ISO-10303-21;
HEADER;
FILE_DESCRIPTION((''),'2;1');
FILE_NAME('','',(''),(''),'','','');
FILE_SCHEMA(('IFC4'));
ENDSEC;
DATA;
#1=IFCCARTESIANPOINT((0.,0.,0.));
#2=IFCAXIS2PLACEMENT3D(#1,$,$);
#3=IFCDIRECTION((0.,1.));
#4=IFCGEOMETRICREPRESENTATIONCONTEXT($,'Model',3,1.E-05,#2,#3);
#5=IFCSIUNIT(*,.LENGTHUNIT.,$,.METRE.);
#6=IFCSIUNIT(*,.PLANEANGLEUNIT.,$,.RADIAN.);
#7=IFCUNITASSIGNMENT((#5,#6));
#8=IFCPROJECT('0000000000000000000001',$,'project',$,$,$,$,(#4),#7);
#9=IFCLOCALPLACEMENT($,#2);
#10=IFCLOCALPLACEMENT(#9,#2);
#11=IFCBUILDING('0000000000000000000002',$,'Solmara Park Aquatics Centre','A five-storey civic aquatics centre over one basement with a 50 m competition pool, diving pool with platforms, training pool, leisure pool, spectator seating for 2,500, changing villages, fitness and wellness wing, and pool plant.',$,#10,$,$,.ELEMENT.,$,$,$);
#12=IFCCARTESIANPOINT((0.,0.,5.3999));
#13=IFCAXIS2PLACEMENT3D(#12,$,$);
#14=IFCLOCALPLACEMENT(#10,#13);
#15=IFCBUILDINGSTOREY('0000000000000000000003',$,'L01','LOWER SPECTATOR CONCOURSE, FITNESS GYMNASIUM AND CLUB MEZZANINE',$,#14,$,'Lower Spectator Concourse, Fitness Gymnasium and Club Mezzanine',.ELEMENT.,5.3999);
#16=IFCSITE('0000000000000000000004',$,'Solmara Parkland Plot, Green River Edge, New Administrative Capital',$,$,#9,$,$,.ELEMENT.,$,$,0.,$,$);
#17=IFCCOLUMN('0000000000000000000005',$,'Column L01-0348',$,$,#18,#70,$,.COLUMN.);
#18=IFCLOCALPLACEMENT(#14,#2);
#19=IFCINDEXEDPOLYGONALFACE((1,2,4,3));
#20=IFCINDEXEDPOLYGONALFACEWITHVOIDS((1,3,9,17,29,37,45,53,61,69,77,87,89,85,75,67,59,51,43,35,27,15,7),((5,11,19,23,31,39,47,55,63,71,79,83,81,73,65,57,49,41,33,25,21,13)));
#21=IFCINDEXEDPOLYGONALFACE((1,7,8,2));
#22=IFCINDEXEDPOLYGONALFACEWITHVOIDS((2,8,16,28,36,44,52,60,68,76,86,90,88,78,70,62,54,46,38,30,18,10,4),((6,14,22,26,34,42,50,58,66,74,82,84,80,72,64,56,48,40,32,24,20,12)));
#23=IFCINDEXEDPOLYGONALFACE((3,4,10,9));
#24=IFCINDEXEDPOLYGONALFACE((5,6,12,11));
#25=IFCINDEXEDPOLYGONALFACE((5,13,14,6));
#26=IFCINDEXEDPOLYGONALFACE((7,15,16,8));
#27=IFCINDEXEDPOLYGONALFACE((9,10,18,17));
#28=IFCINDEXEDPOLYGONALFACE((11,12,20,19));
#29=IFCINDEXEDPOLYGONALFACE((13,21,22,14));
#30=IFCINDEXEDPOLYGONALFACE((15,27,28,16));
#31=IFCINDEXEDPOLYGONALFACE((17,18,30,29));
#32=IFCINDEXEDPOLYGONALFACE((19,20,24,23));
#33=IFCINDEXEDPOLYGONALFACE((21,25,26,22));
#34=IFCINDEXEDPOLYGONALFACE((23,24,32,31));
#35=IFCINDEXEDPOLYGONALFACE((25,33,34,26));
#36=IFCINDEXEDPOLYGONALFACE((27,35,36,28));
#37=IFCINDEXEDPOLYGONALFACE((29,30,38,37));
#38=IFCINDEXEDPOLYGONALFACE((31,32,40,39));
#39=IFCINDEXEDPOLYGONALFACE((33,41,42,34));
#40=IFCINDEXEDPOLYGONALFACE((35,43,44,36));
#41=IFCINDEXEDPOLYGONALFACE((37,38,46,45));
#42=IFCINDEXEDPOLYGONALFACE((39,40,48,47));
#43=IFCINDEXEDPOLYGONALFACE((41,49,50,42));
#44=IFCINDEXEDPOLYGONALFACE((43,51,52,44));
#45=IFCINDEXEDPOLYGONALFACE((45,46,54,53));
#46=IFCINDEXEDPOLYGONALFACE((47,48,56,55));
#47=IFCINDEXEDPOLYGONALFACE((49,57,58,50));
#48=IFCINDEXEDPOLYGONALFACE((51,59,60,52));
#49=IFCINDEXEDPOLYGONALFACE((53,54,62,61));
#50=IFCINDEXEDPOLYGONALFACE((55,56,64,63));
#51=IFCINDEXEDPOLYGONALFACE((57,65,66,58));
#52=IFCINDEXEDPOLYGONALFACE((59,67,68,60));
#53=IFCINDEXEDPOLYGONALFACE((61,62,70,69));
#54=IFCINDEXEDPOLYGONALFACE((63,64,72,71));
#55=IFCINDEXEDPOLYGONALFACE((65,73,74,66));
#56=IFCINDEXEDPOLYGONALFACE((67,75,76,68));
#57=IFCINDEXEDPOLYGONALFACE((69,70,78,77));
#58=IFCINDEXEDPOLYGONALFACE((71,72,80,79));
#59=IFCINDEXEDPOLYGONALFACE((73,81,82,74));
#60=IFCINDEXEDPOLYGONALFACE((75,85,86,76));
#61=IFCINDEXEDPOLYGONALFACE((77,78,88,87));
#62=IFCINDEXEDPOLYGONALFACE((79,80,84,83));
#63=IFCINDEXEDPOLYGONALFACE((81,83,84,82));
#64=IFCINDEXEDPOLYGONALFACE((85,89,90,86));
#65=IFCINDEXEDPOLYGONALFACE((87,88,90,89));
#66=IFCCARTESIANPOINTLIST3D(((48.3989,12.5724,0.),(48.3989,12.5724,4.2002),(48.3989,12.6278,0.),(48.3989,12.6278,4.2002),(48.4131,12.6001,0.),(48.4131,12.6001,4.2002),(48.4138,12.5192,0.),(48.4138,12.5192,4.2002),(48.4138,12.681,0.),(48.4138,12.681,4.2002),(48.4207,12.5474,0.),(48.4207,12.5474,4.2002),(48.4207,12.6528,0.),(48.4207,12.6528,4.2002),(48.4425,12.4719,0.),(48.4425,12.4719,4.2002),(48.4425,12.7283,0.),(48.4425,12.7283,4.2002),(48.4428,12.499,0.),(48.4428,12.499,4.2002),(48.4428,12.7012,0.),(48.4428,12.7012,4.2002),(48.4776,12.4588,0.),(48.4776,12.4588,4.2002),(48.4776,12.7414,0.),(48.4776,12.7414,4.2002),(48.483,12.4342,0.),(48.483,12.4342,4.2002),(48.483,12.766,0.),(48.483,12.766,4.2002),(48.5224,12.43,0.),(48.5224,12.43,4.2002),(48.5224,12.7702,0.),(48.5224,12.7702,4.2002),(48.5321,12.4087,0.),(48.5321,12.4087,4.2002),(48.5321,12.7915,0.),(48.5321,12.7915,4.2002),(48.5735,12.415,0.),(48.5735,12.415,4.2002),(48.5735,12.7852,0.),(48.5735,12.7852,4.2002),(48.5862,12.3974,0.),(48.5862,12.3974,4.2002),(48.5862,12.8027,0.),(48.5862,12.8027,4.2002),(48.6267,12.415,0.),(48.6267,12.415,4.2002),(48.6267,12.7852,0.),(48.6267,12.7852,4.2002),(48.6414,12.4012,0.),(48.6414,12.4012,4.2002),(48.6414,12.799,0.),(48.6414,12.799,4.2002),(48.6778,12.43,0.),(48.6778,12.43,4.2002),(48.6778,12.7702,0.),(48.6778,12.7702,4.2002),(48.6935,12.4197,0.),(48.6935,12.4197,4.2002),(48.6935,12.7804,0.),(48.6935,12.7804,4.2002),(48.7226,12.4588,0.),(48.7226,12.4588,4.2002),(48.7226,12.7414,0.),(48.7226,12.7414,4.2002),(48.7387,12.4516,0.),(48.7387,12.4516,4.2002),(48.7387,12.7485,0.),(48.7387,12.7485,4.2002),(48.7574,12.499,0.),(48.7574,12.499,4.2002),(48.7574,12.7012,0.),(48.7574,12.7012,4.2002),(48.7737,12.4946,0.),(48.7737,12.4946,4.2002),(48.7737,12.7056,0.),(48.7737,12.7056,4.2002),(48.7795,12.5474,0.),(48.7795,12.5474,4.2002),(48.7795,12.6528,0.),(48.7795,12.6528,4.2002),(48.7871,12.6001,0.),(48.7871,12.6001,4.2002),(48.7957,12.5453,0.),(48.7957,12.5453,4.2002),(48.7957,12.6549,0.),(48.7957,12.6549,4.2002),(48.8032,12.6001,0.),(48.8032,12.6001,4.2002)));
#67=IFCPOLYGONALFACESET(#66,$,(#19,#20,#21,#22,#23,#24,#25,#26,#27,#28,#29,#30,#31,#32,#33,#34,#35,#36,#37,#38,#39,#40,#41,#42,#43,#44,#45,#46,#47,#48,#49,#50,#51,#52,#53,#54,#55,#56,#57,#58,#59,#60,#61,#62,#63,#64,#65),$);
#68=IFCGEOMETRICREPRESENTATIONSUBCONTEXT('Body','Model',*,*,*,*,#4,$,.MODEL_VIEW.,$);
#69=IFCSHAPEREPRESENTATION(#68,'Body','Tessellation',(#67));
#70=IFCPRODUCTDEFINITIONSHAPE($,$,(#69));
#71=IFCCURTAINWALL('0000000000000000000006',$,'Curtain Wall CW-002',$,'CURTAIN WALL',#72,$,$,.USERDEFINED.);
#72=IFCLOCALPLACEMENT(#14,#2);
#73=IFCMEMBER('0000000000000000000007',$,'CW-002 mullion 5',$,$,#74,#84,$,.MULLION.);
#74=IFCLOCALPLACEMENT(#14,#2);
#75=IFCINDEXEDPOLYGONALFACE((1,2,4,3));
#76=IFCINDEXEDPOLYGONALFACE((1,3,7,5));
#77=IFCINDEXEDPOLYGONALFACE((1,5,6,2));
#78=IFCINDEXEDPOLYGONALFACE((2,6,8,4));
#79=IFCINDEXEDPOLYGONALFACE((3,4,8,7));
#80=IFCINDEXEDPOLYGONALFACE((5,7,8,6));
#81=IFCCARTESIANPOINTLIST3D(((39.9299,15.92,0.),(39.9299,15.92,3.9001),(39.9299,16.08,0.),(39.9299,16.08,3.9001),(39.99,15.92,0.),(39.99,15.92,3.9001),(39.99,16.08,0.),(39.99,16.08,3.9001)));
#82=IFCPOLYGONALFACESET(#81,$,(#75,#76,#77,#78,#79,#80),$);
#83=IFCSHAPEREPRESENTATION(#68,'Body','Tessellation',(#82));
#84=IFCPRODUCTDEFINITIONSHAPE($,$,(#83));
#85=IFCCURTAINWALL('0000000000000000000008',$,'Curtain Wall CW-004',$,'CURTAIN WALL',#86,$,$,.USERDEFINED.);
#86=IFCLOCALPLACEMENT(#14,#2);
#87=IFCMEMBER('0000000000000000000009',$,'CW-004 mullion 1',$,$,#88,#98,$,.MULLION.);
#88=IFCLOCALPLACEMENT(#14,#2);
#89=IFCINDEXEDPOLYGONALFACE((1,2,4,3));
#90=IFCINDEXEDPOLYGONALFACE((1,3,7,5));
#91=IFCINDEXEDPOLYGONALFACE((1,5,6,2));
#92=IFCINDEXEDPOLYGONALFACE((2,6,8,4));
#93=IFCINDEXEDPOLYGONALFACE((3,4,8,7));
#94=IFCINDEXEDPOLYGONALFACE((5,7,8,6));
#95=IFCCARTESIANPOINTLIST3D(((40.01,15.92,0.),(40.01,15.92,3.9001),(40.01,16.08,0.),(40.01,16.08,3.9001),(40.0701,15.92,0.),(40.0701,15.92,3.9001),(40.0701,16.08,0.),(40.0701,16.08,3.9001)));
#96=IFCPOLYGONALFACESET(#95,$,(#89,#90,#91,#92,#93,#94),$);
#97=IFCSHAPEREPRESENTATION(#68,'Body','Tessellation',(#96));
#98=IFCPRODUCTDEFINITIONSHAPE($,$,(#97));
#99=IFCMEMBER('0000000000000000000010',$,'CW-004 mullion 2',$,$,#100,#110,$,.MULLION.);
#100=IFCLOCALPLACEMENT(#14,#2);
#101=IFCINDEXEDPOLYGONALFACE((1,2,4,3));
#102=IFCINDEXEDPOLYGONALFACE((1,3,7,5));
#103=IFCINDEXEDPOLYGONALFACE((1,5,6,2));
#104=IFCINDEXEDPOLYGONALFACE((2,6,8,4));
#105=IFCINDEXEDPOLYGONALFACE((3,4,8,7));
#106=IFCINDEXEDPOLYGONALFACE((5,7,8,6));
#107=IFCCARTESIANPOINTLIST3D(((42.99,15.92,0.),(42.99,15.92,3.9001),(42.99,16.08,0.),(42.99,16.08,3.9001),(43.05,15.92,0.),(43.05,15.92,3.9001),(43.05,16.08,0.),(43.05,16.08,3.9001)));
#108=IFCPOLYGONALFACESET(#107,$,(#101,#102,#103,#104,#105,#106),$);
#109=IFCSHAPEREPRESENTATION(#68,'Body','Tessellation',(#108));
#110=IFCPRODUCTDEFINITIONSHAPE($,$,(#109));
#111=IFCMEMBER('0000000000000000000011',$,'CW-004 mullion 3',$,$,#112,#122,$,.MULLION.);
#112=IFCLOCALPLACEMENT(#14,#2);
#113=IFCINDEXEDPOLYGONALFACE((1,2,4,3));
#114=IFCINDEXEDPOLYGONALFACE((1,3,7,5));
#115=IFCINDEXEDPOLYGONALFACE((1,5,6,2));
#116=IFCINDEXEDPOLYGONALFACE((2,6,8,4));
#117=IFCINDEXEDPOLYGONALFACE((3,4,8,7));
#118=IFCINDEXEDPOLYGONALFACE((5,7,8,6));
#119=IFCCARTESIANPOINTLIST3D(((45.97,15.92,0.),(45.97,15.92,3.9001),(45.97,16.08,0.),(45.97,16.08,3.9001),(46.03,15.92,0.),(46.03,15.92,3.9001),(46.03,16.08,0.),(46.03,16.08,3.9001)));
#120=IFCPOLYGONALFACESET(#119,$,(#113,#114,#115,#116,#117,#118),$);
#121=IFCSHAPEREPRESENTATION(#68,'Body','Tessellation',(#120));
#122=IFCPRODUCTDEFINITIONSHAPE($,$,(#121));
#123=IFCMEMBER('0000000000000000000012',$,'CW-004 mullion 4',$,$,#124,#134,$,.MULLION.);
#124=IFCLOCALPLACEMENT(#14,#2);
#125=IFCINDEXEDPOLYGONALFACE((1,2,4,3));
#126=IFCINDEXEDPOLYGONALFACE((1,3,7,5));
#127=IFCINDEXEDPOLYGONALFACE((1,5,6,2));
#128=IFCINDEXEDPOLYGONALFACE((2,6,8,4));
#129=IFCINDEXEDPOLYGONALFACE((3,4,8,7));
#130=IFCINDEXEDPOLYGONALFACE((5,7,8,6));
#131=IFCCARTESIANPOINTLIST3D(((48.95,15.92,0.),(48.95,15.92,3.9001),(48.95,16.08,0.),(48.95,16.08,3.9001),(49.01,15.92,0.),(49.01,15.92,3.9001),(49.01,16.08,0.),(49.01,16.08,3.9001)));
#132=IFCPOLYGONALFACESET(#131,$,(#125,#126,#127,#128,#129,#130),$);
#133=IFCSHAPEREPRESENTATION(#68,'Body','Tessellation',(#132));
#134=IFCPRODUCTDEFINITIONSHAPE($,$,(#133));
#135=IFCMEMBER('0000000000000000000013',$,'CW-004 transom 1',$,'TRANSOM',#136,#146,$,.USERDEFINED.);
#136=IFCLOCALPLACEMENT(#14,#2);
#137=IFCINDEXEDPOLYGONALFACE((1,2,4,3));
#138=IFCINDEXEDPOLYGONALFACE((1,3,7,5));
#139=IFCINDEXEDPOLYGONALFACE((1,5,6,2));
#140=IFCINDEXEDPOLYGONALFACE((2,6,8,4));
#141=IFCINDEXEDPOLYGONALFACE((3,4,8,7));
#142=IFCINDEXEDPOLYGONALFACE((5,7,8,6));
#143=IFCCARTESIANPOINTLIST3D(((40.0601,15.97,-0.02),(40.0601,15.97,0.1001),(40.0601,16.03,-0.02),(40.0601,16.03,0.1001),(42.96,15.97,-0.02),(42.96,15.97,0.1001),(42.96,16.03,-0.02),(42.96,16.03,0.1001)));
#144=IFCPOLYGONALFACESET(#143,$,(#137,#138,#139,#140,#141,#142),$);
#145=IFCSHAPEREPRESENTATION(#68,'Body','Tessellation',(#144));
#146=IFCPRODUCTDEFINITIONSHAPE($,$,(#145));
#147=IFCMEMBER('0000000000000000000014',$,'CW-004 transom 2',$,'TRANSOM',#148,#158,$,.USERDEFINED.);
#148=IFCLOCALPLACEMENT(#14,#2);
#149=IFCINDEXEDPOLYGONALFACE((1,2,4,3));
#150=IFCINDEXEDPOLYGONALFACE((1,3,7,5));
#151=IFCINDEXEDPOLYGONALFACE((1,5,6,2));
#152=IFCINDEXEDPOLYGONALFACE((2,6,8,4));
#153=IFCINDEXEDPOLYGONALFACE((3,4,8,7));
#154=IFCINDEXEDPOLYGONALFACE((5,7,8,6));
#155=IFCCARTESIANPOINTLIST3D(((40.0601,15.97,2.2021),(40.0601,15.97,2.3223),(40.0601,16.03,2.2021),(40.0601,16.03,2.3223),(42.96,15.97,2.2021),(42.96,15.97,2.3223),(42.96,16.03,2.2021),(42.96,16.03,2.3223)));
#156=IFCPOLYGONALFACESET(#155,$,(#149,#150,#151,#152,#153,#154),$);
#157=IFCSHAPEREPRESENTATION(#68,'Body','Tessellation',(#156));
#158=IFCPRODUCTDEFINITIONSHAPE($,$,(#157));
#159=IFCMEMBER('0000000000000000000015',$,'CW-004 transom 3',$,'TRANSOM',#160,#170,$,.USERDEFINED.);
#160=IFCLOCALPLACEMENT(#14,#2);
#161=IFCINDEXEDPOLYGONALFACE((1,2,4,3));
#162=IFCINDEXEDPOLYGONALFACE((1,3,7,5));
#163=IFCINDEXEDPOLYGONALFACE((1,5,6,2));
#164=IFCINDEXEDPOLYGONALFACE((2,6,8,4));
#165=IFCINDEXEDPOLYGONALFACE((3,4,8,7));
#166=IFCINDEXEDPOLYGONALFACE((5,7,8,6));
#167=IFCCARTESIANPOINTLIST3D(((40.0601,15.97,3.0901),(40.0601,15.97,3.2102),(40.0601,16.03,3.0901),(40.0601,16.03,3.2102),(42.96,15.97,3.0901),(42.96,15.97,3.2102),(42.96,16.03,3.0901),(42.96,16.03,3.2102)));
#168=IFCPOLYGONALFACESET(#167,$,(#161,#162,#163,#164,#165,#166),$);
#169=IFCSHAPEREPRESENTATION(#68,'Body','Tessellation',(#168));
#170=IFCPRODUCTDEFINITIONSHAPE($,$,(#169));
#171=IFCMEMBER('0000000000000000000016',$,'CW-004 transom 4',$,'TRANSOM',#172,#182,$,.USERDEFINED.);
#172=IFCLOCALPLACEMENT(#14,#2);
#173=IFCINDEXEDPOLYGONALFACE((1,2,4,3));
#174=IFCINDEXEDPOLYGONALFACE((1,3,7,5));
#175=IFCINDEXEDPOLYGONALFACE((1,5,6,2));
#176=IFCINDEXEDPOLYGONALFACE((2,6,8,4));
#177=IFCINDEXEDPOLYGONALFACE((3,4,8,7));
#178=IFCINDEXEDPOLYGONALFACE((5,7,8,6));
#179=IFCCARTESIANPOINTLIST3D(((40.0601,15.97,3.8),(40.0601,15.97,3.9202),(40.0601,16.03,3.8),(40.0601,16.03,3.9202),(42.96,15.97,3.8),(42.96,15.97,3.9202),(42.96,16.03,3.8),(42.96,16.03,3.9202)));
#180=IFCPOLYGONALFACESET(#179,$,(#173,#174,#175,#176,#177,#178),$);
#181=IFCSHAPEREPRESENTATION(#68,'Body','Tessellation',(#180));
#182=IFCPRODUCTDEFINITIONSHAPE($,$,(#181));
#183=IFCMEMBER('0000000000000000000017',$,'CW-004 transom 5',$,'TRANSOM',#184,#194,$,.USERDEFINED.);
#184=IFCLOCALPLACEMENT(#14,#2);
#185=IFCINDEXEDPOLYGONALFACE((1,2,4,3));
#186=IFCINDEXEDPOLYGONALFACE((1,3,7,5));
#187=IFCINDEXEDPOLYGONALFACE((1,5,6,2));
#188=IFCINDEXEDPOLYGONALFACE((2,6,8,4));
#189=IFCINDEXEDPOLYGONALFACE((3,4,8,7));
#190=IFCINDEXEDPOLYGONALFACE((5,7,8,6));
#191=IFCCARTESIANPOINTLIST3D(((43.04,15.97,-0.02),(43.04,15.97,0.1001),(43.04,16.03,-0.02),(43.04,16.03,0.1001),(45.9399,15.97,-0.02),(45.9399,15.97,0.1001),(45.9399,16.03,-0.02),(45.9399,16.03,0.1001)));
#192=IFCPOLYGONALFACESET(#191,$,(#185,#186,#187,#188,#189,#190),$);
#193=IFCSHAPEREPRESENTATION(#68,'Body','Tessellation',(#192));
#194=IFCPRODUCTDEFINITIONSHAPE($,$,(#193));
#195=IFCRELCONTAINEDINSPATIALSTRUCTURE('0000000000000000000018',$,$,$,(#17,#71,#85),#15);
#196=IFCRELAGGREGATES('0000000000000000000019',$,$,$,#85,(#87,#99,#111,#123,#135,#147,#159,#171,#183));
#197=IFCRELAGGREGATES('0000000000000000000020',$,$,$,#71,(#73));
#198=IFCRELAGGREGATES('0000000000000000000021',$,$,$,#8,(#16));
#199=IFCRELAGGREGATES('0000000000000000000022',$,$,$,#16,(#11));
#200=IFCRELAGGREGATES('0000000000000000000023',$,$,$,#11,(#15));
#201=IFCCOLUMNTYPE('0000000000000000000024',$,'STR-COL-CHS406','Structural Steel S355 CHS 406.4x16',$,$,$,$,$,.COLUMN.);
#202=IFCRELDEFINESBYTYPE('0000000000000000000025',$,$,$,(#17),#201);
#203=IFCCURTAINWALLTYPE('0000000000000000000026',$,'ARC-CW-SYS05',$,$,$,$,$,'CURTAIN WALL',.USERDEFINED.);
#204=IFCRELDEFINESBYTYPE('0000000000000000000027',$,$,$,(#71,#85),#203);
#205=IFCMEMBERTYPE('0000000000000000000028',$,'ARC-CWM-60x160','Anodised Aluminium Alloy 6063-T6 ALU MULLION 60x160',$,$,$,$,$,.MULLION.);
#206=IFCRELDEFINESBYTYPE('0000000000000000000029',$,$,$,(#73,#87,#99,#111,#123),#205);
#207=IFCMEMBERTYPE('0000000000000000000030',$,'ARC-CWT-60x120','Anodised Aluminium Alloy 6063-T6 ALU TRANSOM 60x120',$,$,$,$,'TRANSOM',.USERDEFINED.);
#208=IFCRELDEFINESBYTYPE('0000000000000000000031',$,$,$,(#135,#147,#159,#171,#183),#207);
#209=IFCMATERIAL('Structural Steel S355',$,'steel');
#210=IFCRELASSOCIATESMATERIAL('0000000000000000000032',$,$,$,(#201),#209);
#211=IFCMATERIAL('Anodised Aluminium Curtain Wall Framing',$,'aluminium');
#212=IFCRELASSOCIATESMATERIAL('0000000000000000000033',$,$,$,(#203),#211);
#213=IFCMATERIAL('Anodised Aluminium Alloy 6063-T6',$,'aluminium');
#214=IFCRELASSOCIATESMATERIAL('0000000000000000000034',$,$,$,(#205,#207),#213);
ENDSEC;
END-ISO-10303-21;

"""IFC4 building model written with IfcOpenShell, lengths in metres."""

from ifc_helpers import new_model, si_unit, direction, frame, origin, origin_2d, place, context, subcontext, project, spatial, rectangle, hollow_circle, extrude, material, material_profile, profile_set, type_object, element, aggregate, save


model = new_model("IFC4")

# Units and contexts
model_context = context("Model", 3, precision=1e-05, world=origin(), true_north=direction((0.0, 1.0)))
body_context = subcontext(model_context, "Body", "Model", "MODEL_VIEW")
ifc_project = project(units=[si_unit("LENGTHUNIT", "METRE"), si_unit("PLANEANGLEUNIT", "RADIAN")], contexts=[model_context])

# Site, building, storey
site_placement = place(None, origin())
site = spatial("IfcSite", under=ifc_project, at=site_placement, Name="Solmara Parkland Plot, Green River Edge, New Administrative Capital", CompositionType="ELEMENT", RefElevation=0.0)
building_placement = place(site_placement, origin())
building = spatial("IfcBuilding", under=site, at=building_placement, Name="Solmara Park Aquatics Centre", Description="A five-storey civic aquatics centre over one basement with a 50 m competition pool, diving pool with platforms, training pool, leisure pool, spectator seating for 2,500, changing villages, fitness and wellness wing, and pool plant.", CompositionType="ELEMENT")
storey_placement = place(building_placement, frame((0.0, 0.0, 5.3999)))
storey = spatial("IfcBuildingStorey", under=building, at=storey_placement, Name="L01", Description="LOWER SPECTATOR CONCOURSE, FITNESS GYMNASIUM AND CLUB MEZZANINE", LongName="Lower Spectator Concourse, Fitness Gymnasium and Club Mezzanine", CompositionType="ELEMENT", Elevation=5.3999)

# Column
ifc_material_1 = material(Name="Structural Steel S355", Category="steel")
ifc_material_profile_1 = material_profile(ifc_material_1, hollow_circle(Radius=0.2031, WallThickness=0.0161, at=origin_2d()), Name="CHS 406.4x16")
ifc_profile_set_1 = profile_set([ifc_material_profile_1], Name="Structural Steel S355")
column_type = type_object("IfcColumnType", Name="STR-COL-CHS406", Description="Structural Steel S355 CHS 406.4x16", PredefinedType="COLUMN", material=ifc_profile_set_1)
column_placement = place(storey_placement, frame((48.6001, 12.6001, 0.0), z_axis=(0.0, 0.0, 1.0), x_axis=(1.0, 0.0, 0.0)))
element("IfcColumn", 1, at=column_placement, inside=storey, type_object=column_type, Name="Column L01-0348", PredefinedType="COLUMN", context=body_context, shape_type="SweptSolid", body=[
    extrude(hollow_circle(Radius=0.2031, WallThickness=0.0161, at=origin_2d()), origin(), (0.0, 0.0, 1.0), 4.2002),
])

# Curtain wall, member
ifc_material_2 = material(Name="Anodised Aluminium Curtain Wall Framing", Category="aluminium")
curtain_wall_type = type_object("IfcCurtainWallType", Name="ARC-CW-SYS05", ElementType="CURTAIN WALL", PredefinedType="USERDEFINED", material=ifc_material_2)
curtain_wall_1_placement = place(storey_placement, origin())
curtain_wall_1 = element("IfcCurtainWall", 2, at=curtain_wall_1_placement, inside=storey, type_object=curtain_wall_type, Name="Curtain Wall CW-002", ObjectType="CURTAIN WALL", PredefinedType="USERDEFINED")
ifc_material_3 = material(Name="Anodised Aluminium Alloy 6063-T6", Category="aluminium")
ifc_material_profile_2 = material_profile(ifc_material_3, rectangle(XDim=0.0601, YDim=0.1599, at=origin_2d()), Name="ALU MULLION 60x160")
ifc_profile_set_2 = profile_set([ifc_material_profile_2], Name="Anodised Aluminium Alloy 6063-T6")
member_type_1 = type_object("IfcMemberType", Name="ARC-CWM-60x160", Description="Anodised Aluminium Alloy 6063-T6 ALU MULLION 60x160", PredefinedType="MULLION", material=ifc_profile_set_2)
member_1_placement = place(storey_placement, frame((39.96, 16.0, 0.0), z_axis=(0.0, 0.0, 1.0), x_axis=(1.0, 0.0, 0.0)))
member_1 = element("IfcMember", 3, at=member_1_placement, type_object=member_type_1, Name="CW-002 mullion 5", PredefinedType="MULLION", context=body_context, shape_type="SweptSolid", body=[
    extrude(rectangle(XDim=0.0601, YDim=0.1599, at=origin_2d()), origin(), (0.0, 0.0, 1.0), 3.9001),
])

# Curtain wall, members
curtain_wall_2_placement = place(storey_placement, origin())
curtain_wall_2 = element("IfcCurtainWall", 4, at=curtain_wall_2_placement, inside=storey, type_object=curtain_wall_type, Name="Curtain Wall CW-004", ObjectType="CURTAIN WALL", PredefinedType="USERDEFINED")
member_2_placement = place(storey_placement, frame((40.04, 16.0, 0.0), z_axis=(0.0, 0.0, 1.0), x_axis=(1.0, 0.0, 0.0)))
member_2 = element("IfcMember", 5, at=member_2_placement, type_object=member_type_1, Name="CW-004 mullion 1", PredefinedType="MULLION", context=body_context, shape_type="SweptSolid", body=[
    extrude(rectangle(XDim=0.0601, YDim=0.1599, at=origin_2d()), origin(), (0.0, 0.0, 1.0), 3.9001),
])
member_3_placement = place(storey_placement, frame((43.02, 16.0, 0.0), z_axis=(0.0, 0.0, 1.0), x_axis=(1.0, 0.0, 0.0)))
member_3 = element("IfcMember", 6, at=member_3_placement, type_object=member_type_1, Name="CW-004 mullion 2", PredefinedType="MULLION", context=body_context, shape_type="SweptSolid", body=[
    extrude(rectangle(XDim=0.0601, YDim=0.1599, at=origin_2d()), origin(), (0.0, 0.0, 1.0), 3.9001),
])
member_4_placement = place(storey_placement, frame((46.0, 16.0, 0.0), z_axis=(0.0, 0.0, 1.0), x_axis=(1.0, 0.0, 0.0)))
member_4 = element("IfcMember", 7, at=member_4_placement, type_object=member_type_1, Name="CW-004 mullion 3", PredefinedType="MULLION", context=body_context, shape_type="SweptSolid", body=[
    extrude(rectangle(XDim=0.0601, YDim=0.1599, at=origin_2d()), origin(), (0.0, 0.0, 1.0), 3.9001),
])
member_5_placement = place(storey_placement, frame((48.98, 16.0, 0.0), z_axis=(0.0, 0.0, 1.0), x_axis=(1.0, 0.0, 0.0)))
member_5 = element("IfcMember", 8, at=member_5_placement, type_object=member_type_1, Name="CW-004 mullion 4", PredefinedType="MULLION", context=body_context, shape_type="SweptSolid", body=[
    extrude(rectangle(XDim=0.0601, YDim=0.1599, at=origin_2d()), origin(), (0.0, 0.0, 1.0), 3.9001),
])
ifc_material_profile_3 = material_profile(ifc_material_3, rectangle(XDim=0.0601, YDim=0.1201, at=origin_2d()), Name="ALU TRANSOM 60x120")
ifc_profile_set_3 = profile_set([ifc_material_profile_3], Name="Anodised Aluminium Alloy 6063-T6")
member_type_2 = type_object("IfcMemberType", Name="ARC-CWT-60x120", Description="Anodised Aluminium Alloy 6063-T6 ALU TRANSOM 60x120", ElementType="TRANSOM", PredefinedType="USERDEFINED", material=ifc_profile_set_3)
member_6_placement = place(storey_placement, frame((40.0601, 16.0, 0.04), z_axis=(1.0, 0.0, 0.0), x_axis=(0.0, 1.0, 0.0)))
member_6 = element("IfcMember", 9, at=member_6_placement, type_object=member_type_2, Name="CW-004 transom 1", ObjectType="TRANSOM", PredefinedType="USERDEFINED", context=body_context, shape_type="SweptSolid", body=[
    extrude(rectangle(XDim=0.0601, YDim=0.1201, at=origin_2d()), origin(), (0.0, 0.0, 1.0), 2.8999),
])
member_7_placement = place(storey_placement, frame((40.0601, 16.0, 2.2622), z_axis=(1.0, 0.0, 0.0), x_axis=(0.0, 1.0, 0.0)))
member_7 = element("IfcMember", 10, at=member_7_placement, type_object=member_type_2, Name="CW-004 transom 2", ObjectType="TRANSOM", PredefinedType="USERDEFINED", context=body_context, shape_type="SweptSolid", body=[
    extrude(rectangle(XDim=0.0601, YDim=0.1201, at=origin_2d()), origin(), (0.0, 0.0, 1.0), 2.8999),
])
member_8_placement = place(storey_placement, frame((40.0601, 16.0, 3.1501), z_axis=(1.0, 0.0, 0.0), x_axis=(0.0, 1.0, 0.0)))
member_8 = element("IfcMember", 11, at=member_8_placement, type_object=member_type_2, Name="CW-004 transom 3", ObjectType="TRANSOM", PredefinedType="USERDEFINED", context=body_context, shape_type="SweptSolid", body=[
    extrude(rectangle(XDim=0.0601, YDim=0.1201, at=origin_2d()), origin(), (0.0, 0.0, 1.0), 2.8999),
])
member_9_placement = place(storey_placement, frame((40.0601, 16.0, 3.8601), z_axis=(1.0, 0.0, 0.0), x_axis=(0.0, 1.0, 0.0)))
member_9 = element("IfcMember", 12, at=member_9_placement, type_object=member_type_2, Name="CW-004 transom 4", ObjectType="TRANSOM", PredefinedType="USERDEFINED", context=body_context, shape_type="SweptSolid", body=[
    extrude(rectangle(XDim=0.0601, YDim=0.1201, at=origin_2d()), origin(), (0.0, 0.0, 1.0), 2.8999),
])
member_10_placement = place(storey_placement, frame((43.04, 16.0, 0.04), z_axis=(1.0, 0.0, 0.0), x_axis=(0.0, 1.0, 0.0)))
member_10 = element("IfcMember", 13, at=member_10_placement, type_object=member_type_2, Name="CW-004 transom 5", ObjectType="TRANSOM", PredefinedType="USERDEFINED", context=body_context, shape_type="SweptSolid", body=[
    extrude(rectangle(XDim=0.0601, YDim=0.1201, at=origin_2d()), origin(), (0.0, 0.0, 1.0), 2.8999),
])

aggregate(curtain_wall_2, [member_2, member_3, member_4, member_5, member_6, member_7, member_8, member_9, member_10])
aggregate(curtain_wall_1, [member_1])

save(model, "model.ifc")
